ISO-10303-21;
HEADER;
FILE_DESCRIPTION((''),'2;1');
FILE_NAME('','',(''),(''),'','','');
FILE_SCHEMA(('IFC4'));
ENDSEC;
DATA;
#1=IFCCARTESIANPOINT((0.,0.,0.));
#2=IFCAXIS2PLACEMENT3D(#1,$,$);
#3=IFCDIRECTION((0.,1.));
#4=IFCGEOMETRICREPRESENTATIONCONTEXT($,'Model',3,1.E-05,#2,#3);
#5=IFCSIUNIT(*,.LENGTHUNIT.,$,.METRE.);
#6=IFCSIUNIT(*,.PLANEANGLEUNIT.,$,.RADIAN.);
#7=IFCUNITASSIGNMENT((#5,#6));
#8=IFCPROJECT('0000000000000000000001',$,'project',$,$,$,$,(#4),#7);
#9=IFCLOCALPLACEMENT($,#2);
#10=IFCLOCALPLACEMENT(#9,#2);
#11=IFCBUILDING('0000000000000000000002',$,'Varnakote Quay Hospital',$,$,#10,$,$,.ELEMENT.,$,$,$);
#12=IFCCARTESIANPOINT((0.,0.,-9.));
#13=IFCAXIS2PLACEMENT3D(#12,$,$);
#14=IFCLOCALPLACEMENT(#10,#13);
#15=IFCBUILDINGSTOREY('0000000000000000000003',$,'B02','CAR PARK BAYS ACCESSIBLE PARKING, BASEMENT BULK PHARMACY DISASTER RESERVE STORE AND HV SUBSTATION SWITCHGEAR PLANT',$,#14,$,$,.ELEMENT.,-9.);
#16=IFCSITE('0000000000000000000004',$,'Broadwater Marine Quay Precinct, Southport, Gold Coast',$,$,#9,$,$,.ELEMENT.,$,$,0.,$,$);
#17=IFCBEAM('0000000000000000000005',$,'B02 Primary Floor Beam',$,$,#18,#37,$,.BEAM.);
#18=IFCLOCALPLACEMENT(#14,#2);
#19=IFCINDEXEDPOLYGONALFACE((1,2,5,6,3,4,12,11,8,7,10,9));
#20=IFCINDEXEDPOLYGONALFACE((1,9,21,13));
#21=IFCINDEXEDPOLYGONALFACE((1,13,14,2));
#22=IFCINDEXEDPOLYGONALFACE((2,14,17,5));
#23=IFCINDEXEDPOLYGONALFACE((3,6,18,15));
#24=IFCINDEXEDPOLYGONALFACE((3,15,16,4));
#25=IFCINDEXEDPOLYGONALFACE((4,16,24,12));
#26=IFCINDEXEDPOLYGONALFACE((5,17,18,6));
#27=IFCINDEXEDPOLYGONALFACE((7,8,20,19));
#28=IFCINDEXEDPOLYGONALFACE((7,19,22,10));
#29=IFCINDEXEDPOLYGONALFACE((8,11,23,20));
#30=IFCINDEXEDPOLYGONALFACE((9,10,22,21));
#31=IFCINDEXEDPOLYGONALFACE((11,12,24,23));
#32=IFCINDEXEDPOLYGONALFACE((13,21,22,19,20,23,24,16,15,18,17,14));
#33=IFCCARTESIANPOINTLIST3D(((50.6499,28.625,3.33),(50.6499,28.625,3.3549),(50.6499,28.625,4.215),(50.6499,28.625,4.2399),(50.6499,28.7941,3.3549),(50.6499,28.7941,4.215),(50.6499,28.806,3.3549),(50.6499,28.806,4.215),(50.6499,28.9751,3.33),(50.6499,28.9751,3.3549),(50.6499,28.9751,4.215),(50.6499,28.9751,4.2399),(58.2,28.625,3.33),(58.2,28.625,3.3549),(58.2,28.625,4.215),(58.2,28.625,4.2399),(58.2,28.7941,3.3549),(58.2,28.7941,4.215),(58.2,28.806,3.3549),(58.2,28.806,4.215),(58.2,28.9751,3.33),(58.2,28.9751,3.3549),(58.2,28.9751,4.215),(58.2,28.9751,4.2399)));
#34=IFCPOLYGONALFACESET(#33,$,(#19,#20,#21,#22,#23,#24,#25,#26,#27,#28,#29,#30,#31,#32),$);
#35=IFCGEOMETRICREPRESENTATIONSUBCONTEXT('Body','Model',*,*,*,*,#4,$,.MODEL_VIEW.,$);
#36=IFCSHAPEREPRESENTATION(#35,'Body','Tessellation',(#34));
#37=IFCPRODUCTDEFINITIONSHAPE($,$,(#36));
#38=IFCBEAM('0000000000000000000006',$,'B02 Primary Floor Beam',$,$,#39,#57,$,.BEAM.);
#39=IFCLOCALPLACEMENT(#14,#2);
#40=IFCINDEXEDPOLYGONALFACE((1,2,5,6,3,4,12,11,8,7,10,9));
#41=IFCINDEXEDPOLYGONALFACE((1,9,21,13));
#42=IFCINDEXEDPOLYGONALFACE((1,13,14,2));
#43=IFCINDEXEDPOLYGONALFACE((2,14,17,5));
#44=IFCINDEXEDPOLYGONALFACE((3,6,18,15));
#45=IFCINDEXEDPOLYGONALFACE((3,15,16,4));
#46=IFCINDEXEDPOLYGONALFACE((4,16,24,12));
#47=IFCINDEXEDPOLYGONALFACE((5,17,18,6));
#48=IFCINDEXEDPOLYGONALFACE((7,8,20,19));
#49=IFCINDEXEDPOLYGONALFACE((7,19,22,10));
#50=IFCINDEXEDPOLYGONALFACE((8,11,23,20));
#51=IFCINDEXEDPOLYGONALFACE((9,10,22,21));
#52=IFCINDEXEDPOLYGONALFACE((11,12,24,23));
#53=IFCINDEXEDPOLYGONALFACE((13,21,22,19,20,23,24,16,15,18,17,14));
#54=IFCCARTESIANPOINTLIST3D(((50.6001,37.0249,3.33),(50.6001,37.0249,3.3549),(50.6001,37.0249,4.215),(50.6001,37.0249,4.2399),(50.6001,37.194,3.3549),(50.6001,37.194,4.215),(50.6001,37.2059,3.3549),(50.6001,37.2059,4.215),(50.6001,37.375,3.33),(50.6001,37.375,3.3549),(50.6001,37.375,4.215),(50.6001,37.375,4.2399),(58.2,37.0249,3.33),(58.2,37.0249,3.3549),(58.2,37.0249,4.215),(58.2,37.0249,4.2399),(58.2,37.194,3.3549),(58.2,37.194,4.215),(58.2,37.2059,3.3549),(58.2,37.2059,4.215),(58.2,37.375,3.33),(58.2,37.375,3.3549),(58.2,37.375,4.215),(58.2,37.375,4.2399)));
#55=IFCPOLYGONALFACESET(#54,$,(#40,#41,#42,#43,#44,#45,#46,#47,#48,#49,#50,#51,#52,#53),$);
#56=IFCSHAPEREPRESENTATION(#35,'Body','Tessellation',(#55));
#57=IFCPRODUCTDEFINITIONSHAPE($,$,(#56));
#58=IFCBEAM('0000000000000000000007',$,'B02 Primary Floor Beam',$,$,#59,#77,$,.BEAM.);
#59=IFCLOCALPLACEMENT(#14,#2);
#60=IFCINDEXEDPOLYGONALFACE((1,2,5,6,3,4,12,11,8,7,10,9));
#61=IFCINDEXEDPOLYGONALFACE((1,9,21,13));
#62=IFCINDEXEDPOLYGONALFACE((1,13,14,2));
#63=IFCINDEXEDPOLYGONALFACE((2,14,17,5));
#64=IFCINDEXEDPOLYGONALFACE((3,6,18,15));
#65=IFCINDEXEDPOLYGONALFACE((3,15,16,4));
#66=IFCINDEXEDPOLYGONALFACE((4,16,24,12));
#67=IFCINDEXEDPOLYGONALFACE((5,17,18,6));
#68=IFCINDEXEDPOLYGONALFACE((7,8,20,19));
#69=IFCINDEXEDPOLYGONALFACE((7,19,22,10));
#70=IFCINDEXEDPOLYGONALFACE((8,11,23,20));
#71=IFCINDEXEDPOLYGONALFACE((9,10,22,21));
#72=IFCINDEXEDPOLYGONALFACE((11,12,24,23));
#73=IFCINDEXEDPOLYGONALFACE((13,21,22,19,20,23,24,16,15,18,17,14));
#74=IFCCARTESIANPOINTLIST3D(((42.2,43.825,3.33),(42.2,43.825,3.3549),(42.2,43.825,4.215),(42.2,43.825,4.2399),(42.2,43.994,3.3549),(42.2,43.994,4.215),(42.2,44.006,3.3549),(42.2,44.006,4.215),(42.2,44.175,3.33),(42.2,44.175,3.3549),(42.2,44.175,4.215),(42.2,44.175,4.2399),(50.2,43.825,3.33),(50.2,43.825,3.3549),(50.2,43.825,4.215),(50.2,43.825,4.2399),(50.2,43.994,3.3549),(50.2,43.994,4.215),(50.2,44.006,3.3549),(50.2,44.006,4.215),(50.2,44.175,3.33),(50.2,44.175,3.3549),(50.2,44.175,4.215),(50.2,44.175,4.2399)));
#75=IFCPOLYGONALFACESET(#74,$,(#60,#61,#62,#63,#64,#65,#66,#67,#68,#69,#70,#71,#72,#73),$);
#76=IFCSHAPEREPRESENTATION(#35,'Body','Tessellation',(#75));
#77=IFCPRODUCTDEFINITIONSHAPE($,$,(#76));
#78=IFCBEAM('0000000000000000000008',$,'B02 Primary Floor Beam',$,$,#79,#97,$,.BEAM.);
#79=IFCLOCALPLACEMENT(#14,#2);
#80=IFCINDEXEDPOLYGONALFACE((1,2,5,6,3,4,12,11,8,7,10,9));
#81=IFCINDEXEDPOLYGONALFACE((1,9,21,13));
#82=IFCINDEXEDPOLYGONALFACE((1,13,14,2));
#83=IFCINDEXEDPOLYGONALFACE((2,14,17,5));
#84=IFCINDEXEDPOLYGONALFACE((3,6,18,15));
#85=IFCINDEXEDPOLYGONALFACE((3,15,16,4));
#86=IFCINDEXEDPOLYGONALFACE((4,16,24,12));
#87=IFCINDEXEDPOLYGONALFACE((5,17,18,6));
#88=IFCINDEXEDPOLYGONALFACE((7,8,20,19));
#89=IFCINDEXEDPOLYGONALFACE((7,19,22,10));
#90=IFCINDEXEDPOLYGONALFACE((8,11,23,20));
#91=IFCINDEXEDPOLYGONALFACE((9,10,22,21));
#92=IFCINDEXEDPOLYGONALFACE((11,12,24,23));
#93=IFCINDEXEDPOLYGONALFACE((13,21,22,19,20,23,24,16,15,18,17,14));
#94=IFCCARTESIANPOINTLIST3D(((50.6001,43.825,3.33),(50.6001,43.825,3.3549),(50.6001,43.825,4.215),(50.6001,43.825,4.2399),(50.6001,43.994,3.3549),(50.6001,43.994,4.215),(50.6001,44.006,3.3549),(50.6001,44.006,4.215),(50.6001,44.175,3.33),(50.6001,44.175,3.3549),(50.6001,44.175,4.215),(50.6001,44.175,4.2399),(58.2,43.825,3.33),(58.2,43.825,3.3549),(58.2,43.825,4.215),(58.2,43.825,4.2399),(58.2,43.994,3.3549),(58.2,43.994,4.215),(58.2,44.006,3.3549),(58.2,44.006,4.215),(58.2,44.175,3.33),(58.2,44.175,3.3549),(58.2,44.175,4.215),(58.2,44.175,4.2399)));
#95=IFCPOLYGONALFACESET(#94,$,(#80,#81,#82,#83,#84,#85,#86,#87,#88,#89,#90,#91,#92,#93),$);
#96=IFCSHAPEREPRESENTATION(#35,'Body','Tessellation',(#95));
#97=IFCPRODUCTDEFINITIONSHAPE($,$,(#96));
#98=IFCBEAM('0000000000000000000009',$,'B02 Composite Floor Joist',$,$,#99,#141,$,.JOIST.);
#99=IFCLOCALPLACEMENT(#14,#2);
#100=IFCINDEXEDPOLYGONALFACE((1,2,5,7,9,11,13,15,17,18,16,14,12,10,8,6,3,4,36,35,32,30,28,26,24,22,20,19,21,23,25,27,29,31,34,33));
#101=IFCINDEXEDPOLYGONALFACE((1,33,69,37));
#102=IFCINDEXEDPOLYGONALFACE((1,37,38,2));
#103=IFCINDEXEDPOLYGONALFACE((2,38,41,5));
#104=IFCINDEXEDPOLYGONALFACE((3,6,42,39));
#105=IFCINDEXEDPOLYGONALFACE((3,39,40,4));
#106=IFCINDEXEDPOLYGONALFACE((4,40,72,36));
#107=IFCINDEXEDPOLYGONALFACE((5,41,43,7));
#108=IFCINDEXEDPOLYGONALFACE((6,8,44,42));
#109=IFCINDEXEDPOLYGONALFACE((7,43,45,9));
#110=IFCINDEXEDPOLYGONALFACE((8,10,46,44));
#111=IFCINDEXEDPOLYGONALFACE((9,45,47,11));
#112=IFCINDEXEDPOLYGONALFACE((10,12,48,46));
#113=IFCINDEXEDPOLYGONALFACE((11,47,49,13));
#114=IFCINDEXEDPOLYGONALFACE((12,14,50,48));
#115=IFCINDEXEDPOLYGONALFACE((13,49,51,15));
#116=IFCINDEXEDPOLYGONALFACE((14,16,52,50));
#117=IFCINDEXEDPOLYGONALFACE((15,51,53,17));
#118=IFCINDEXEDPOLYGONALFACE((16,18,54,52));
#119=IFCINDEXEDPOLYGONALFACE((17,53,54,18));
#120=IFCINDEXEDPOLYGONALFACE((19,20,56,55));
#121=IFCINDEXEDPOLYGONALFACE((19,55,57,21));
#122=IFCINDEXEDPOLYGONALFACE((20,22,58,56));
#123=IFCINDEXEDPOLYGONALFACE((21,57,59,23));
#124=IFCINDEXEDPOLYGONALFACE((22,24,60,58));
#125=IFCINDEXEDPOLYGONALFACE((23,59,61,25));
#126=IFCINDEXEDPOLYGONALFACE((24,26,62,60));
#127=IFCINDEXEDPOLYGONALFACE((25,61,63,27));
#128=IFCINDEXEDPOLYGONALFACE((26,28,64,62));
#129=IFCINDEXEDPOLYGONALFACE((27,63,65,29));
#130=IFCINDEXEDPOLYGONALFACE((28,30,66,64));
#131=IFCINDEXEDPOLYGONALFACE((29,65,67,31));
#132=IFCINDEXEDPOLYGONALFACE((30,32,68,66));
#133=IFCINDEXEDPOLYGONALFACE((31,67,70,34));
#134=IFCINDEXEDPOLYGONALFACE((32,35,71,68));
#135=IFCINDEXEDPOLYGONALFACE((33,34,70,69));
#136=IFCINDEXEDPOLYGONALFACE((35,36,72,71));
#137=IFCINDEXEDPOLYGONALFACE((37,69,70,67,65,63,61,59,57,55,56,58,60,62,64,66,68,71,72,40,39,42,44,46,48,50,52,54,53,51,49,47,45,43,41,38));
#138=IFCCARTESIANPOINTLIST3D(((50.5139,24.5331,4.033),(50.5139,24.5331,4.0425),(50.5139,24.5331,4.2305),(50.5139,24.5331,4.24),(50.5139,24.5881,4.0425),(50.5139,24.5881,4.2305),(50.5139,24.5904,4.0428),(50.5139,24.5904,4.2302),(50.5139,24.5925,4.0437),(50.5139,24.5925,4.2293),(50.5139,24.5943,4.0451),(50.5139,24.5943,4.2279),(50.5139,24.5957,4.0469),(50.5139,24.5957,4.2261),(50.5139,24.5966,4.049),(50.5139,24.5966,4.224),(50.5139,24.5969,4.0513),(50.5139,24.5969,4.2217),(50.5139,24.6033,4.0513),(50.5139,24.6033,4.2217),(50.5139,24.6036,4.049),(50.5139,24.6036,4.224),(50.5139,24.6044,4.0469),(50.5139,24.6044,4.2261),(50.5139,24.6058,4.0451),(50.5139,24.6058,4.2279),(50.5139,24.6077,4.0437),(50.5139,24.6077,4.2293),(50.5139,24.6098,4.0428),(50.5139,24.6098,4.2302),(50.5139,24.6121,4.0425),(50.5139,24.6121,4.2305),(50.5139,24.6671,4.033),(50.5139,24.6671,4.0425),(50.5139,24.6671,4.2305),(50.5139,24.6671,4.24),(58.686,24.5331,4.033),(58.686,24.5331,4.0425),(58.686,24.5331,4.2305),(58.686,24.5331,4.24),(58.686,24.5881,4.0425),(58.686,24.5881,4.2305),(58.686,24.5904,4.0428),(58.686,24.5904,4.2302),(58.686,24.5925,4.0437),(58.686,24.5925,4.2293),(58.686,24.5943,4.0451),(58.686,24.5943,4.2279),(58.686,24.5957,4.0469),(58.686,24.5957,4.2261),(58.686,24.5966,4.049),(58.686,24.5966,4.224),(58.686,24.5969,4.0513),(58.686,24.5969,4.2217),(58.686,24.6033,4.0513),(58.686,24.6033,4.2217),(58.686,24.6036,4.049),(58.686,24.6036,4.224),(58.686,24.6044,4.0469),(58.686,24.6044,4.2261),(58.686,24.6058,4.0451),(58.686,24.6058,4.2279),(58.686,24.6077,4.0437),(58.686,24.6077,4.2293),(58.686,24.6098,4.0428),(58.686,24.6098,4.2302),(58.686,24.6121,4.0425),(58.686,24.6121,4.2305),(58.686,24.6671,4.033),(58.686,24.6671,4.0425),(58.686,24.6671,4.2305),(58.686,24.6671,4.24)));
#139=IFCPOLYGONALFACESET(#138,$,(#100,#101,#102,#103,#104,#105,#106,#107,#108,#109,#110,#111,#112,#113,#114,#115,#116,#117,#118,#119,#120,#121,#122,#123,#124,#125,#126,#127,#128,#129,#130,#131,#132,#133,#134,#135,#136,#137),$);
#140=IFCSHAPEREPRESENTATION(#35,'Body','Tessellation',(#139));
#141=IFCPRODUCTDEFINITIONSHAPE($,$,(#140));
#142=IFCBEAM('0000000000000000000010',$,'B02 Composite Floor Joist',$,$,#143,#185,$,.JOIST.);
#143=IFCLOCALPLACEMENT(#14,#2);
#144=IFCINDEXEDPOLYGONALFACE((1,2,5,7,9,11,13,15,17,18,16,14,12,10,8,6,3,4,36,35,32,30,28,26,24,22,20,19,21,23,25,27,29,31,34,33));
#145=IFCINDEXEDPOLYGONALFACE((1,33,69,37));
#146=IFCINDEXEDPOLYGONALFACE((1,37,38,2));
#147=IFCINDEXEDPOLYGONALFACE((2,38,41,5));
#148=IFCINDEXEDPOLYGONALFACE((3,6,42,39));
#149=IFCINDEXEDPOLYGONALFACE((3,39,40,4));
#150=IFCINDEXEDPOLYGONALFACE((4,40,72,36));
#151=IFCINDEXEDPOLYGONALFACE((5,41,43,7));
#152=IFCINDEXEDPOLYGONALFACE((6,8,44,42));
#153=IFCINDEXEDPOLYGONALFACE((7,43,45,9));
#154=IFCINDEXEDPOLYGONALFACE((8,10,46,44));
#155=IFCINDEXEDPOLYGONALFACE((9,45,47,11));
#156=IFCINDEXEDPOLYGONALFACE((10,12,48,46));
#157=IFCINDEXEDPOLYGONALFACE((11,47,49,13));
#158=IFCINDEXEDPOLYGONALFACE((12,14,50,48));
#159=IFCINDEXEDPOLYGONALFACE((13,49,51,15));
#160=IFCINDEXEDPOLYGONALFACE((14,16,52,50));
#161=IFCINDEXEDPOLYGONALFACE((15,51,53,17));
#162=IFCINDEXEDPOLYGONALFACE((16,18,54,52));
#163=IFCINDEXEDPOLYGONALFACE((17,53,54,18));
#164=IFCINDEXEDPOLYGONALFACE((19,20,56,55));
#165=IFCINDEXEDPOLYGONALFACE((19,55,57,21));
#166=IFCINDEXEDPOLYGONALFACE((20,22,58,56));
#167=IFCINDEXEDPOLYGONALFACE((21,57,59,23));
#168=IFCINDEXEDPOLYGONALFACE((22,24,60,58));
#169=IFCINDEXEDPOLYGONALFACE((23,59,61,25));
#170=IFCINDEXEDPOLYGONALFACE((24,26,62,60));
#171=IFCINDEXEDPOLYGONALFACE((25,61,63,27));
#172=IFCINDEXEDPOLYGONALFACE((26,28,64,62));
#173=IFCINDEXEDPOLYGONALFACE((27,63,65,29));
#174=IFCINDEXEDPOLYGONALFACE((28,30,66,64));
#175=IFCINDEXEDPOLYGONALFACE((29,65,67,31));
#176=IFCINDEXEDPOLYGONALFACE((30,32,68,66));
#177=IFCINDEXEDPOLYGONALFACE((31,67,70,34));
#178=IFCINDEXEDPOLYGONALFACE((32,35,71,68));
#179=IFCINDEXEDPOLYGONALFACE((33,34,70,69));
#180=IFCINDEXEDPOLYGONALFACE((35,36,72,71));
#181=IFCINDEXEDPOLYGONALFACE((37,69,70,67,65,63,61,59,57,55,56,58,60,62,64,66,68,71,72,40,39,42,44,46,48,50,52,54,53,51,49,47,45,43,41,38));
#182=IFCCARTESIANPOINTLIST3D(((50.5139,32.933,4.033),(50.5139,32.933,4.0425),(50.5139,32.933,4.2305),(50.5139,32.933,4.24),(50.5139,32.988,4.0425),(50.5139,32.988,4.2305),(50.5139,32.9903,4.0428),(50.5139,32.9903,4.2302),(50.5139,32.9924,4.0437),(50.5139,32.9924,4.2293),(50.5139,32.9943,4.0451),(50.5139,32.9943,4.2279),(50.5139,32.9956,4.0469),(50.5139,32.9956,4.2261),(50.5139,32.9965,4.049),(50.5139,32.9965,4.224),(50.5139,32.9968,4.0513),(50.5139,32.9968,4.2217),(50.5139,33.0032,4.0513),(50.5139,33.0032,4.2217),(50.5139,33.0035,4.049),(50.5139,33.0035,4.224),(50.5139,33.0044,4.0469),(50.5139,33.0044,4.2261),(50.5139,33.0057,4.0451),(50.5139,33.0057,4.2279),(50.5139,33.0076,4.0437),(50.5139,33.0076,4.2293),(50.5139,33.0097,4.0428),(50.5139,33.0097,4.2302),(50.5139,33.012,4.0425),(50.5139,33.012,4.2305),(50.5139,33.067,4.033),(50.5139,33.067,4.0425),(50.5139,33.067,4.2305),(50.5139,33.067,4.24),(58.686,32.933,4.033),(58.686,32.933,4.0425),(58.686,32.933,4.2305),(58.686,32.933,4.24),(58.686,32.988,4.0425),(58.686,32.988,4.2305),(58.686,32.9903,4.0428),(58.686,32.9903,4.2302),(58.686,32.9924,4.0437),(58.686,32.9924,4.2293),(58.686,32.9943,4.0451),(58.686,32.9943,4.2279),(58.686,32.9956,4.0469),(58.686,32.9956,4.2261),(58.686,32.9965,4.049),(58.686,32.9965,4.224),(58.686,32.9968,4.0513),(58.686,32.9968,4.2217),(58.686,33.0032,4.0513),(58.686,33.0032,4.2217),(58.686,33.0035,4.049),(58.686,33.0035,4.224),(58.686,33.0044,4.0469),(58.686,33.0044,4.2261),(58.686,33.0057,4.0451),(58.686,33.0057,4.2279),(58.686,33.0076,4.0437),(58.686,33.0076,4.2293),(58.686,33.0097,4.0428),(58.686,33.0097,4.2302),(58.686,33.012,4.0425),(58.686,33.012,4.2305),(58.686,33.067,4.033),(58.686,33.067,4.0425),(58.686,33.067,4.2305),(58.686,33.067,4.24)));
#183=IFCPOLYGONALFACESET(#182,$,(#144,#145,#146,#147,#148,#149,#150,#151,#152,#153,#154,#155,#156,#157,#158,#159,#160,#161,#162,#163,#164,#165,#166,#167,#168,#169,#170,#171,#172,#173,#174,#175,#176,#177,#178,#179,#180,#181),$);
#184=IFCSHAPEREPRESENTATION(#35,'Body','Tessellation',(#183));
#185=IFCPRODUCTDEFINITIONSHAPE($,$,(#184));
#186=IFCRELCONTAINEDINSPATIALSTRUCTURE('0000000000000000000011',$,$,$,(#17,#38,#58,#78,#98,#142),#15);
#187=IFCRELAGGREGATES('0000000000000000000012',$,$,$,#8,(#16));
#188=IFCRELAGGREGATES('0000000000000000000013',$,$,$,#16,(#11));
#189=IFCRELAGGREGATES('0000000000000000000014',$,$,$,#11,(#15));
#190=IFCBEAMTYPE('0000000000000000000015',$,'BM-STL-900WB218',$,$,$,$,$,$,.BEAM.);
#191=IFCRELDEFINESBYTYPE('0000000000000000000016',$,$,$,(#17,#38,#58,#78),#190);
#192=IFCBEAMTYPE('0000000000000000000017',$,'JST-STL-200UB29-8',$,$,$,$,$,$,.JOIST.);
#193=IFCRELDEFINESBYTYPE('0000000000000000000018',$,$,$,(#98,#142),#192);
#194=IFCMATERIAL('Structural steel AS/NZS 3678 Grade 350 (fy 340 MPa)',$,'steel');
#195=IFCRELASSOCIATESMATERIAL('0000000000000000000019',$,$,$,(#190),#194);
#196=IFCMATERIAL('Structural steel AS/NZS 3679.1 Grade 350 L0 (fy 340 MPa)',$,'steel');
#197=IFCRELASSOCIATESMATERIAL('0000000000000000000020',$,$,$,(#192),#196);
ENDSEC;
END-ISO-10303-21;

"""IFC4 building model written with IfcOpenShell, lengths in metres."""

from ifc_helpers import new_model, si_unit, direction, frame, origin, origin_2d, place, context, subcontext, project, spatial, i_section, extrude, material, material_profile, profile_set, type_object, element, save


model = new_model("IFC4")

# Units and contexts
model_context = context("Model", 3, precision=1e-05, world=origin(), true_north=direction((0.0, 1.0)))
body_context = subcontext(model_context, "Body", "Model", "MODEL_VIEW")
ifc_project = project(units=[si_unit("LENGTHUNIT", "METRE"), si_unit("PLANEANGLEUNIT", "RADIAN")], contexts=[model_context])

# Site, building, storey
site_placement = place(None, origin())
site = spatial("IfcSite", under=ifc_project, at=site_placement, Name="Broadwater Marine Quay Precinct, Southport, Gold Coast", CompositionType="ELEMENT", RefElevation=0.0)
building_placement = place(site_placement, origin())
building = spatial("IfcBuilding", under=site, at=building_placement, Name="Varnakote Quay Hospital", CompositionType="ELEMENT")
storey_placement = place(building_placement, frame((0.0, 0.0, -9.0)))
storey = spatial("IfcBuildingStorey", under=building, at=storey_placement, Name="B02", Description="CAR PARK BAYS ACCESSIBLE PARKING, BASEMENT BULK PHARMACY DISASTER RESERVE STORE AND HV SUBSTATION SWITCHGEAR PLANT", CompositionType="ELEMENT", Elevation=-9.0)

# Beams
ifc_material_1 = material(Name="Structural steel AS/NZS 3678 Grade 350 (fy 340 MPa)", Category="steel")
ifc_material_profile_1 = material_profile(ifc_material_1, i_section(OverallWidth=0.3501, OverallDepth=0.9099, WebThickness=0.012, FlangeThickness=0.0249, at=origin_2d()), Name="900WB218")
ifc_profile_set_1 = profile_set([ifc_material_profile_1], Name="Structural steel AS/NZS 3678 Grade 350 (fy 340 MPa)")
beam_type_1 = type_object("IfcBeamType", Name="BM-STL-900WB218", PredefinedType="BEAM", material=ifc_profile_set_1)
beam_1_placement = place(storey_placement, frame((50.6499, 28.8, 3.7849), z_axis=(1.0, 0.0, 0.0), x_axis=(0.0, 1.0, 0.0)))
element("IfcBeam", 1, at=beam_1_placement, inside=storey, type_object=beam_type_1, Name="B02 Primary Floor Beam", PredefinedType="BEAM", context=body_context, shape_type="SweptSolid", body=[
    extrude(i_section(OverallWidth=0.3501, OverallDepth=0.9099, WebThickness=0.012, FlangeThickness=0.0249, at=origin_2d()), origin(), (0.0, 0.0, 1.0), 7.55),
])
beam_2_placement = place(storey_placement, frame((50.6001, 37.2, 3.7849), z_axis=(1.0, 0.0, 0.0), x_axis=(0.0, 1.0, 0.0)))
element("IfcBeam", 2, at=beam_2_placement, inside=storey, type_object=beam_type_1, Name="B02 Primary Floor Beam", PredefinedType="BEAM", context=body_context, shape_type="SweptSolid", body=[
    extrude(i_section(OverallWidth=0.3501, OverallDepth=0.9099, WebThickness=0.012, FlangeThickness=0.0249, at=origin_2d()), origin(), (0.0, 0.0, 1.0), 7.5999),
])
beam_3_placement = place(storey_placement, frame((42.2, 44.0, 3.7849), z_axis=(1.0, 0.0, 0.0), x_axis=(0.0, 1.0, 0.0)))
element("IfcBeam", 3, at=beam_3_placement, inside=storey, type_object=beam_type_1, Name="B02 Primary Floor Beam", PredefinedType="BEAM", context=body_context, shape_type="SweptSolid", body=[
    extrude(i_section(OverallWidth=0.3501, OverallDepth=0.9099, WebThickness=0.012, FlangeThickness=0.0249, at=origin_2d()), origin(), (0.0, 0.0, 1.0), 8.0),
])
beam_4_placement = place(storey_placement, frame((50.6001, 44.0, 3.7849), z_axis=(1.0, 0.0, 0.0), x_axis=(0.0, 1.0, 0.0)))
element("IfcBeam", 4, at=beam_4_placement, inside=storey, type_object=beam_type_1, Name="B02 Primary Floor Beam", PredefinedType="BEAM", context=body_context, shape_type="SweptSolid", body=[
    extrude(i_section(OverallWidth=0.3501, OverallDepth=0.9099, WebThickness=0.012, FlangeThickness=0.0249, at=origin_2d()), origin(), (0.0, 0.0, 1.0), 7.5999),
])
ifc_material_2 = material(Name="Structural steel AS/NZS 3679.1 Grade 350 L0 (fy 340 MPa)", Category="steel")
ifc_material_profile_2 = material_profile(ifc_material_2, i_section(OverallWidth=0.134, OverallDepth=0.207, WebThickness=0.0063, FlangeThickness=0.0095, FilletRadius=0.0088, at=origin_2d()), Name="200UB29.8")
ifc_profile_set_2 = profile_set([ifc_material_profile_2], Name="Structural steel AS/NZS 3679.1 Grade 350 L0 (fy 340 MPa)")
beam_type_2 = type_object("IfcBeamType", Name="JST-STL-200UB29-8", PredefinedType="JOIST", material=ifc_profile_set_2)
for number, where, z_axis, x_axis, name in (
    (5, (50.5139, 24.6001, 4.1365), (1.0, 0.0, 0.0), (0.0, 1.0, 0.0), "B02 Composite Floor Joist"),
    (6, (50.5139, 33.0, 4.1365), (1.0, 0.0, 0.0), (0.0, 1.0, 0.0), "B02 Composite Floor Joist"),
):
    element("IfcBeam", number, at=place(storey_placement, frame(where, z_axis=z_axis, x_axis=x_axis)), inside=storey, type_object=beam_type_2, Name=name, PredefinedType="JOIST", context=body_context, shape_type="SweptSolid", body=[
        extrude(i_section(OverallWidth=0.134, OverallDepth=0.207, WebThickness=0.0063, FlangeThickness=0.0095, FilletRadius=0.0088, at=origin_2d()), origin(), (0.0, 0.0, 1.0), 8.1721),
    ])

save(model, "model.ifc")
